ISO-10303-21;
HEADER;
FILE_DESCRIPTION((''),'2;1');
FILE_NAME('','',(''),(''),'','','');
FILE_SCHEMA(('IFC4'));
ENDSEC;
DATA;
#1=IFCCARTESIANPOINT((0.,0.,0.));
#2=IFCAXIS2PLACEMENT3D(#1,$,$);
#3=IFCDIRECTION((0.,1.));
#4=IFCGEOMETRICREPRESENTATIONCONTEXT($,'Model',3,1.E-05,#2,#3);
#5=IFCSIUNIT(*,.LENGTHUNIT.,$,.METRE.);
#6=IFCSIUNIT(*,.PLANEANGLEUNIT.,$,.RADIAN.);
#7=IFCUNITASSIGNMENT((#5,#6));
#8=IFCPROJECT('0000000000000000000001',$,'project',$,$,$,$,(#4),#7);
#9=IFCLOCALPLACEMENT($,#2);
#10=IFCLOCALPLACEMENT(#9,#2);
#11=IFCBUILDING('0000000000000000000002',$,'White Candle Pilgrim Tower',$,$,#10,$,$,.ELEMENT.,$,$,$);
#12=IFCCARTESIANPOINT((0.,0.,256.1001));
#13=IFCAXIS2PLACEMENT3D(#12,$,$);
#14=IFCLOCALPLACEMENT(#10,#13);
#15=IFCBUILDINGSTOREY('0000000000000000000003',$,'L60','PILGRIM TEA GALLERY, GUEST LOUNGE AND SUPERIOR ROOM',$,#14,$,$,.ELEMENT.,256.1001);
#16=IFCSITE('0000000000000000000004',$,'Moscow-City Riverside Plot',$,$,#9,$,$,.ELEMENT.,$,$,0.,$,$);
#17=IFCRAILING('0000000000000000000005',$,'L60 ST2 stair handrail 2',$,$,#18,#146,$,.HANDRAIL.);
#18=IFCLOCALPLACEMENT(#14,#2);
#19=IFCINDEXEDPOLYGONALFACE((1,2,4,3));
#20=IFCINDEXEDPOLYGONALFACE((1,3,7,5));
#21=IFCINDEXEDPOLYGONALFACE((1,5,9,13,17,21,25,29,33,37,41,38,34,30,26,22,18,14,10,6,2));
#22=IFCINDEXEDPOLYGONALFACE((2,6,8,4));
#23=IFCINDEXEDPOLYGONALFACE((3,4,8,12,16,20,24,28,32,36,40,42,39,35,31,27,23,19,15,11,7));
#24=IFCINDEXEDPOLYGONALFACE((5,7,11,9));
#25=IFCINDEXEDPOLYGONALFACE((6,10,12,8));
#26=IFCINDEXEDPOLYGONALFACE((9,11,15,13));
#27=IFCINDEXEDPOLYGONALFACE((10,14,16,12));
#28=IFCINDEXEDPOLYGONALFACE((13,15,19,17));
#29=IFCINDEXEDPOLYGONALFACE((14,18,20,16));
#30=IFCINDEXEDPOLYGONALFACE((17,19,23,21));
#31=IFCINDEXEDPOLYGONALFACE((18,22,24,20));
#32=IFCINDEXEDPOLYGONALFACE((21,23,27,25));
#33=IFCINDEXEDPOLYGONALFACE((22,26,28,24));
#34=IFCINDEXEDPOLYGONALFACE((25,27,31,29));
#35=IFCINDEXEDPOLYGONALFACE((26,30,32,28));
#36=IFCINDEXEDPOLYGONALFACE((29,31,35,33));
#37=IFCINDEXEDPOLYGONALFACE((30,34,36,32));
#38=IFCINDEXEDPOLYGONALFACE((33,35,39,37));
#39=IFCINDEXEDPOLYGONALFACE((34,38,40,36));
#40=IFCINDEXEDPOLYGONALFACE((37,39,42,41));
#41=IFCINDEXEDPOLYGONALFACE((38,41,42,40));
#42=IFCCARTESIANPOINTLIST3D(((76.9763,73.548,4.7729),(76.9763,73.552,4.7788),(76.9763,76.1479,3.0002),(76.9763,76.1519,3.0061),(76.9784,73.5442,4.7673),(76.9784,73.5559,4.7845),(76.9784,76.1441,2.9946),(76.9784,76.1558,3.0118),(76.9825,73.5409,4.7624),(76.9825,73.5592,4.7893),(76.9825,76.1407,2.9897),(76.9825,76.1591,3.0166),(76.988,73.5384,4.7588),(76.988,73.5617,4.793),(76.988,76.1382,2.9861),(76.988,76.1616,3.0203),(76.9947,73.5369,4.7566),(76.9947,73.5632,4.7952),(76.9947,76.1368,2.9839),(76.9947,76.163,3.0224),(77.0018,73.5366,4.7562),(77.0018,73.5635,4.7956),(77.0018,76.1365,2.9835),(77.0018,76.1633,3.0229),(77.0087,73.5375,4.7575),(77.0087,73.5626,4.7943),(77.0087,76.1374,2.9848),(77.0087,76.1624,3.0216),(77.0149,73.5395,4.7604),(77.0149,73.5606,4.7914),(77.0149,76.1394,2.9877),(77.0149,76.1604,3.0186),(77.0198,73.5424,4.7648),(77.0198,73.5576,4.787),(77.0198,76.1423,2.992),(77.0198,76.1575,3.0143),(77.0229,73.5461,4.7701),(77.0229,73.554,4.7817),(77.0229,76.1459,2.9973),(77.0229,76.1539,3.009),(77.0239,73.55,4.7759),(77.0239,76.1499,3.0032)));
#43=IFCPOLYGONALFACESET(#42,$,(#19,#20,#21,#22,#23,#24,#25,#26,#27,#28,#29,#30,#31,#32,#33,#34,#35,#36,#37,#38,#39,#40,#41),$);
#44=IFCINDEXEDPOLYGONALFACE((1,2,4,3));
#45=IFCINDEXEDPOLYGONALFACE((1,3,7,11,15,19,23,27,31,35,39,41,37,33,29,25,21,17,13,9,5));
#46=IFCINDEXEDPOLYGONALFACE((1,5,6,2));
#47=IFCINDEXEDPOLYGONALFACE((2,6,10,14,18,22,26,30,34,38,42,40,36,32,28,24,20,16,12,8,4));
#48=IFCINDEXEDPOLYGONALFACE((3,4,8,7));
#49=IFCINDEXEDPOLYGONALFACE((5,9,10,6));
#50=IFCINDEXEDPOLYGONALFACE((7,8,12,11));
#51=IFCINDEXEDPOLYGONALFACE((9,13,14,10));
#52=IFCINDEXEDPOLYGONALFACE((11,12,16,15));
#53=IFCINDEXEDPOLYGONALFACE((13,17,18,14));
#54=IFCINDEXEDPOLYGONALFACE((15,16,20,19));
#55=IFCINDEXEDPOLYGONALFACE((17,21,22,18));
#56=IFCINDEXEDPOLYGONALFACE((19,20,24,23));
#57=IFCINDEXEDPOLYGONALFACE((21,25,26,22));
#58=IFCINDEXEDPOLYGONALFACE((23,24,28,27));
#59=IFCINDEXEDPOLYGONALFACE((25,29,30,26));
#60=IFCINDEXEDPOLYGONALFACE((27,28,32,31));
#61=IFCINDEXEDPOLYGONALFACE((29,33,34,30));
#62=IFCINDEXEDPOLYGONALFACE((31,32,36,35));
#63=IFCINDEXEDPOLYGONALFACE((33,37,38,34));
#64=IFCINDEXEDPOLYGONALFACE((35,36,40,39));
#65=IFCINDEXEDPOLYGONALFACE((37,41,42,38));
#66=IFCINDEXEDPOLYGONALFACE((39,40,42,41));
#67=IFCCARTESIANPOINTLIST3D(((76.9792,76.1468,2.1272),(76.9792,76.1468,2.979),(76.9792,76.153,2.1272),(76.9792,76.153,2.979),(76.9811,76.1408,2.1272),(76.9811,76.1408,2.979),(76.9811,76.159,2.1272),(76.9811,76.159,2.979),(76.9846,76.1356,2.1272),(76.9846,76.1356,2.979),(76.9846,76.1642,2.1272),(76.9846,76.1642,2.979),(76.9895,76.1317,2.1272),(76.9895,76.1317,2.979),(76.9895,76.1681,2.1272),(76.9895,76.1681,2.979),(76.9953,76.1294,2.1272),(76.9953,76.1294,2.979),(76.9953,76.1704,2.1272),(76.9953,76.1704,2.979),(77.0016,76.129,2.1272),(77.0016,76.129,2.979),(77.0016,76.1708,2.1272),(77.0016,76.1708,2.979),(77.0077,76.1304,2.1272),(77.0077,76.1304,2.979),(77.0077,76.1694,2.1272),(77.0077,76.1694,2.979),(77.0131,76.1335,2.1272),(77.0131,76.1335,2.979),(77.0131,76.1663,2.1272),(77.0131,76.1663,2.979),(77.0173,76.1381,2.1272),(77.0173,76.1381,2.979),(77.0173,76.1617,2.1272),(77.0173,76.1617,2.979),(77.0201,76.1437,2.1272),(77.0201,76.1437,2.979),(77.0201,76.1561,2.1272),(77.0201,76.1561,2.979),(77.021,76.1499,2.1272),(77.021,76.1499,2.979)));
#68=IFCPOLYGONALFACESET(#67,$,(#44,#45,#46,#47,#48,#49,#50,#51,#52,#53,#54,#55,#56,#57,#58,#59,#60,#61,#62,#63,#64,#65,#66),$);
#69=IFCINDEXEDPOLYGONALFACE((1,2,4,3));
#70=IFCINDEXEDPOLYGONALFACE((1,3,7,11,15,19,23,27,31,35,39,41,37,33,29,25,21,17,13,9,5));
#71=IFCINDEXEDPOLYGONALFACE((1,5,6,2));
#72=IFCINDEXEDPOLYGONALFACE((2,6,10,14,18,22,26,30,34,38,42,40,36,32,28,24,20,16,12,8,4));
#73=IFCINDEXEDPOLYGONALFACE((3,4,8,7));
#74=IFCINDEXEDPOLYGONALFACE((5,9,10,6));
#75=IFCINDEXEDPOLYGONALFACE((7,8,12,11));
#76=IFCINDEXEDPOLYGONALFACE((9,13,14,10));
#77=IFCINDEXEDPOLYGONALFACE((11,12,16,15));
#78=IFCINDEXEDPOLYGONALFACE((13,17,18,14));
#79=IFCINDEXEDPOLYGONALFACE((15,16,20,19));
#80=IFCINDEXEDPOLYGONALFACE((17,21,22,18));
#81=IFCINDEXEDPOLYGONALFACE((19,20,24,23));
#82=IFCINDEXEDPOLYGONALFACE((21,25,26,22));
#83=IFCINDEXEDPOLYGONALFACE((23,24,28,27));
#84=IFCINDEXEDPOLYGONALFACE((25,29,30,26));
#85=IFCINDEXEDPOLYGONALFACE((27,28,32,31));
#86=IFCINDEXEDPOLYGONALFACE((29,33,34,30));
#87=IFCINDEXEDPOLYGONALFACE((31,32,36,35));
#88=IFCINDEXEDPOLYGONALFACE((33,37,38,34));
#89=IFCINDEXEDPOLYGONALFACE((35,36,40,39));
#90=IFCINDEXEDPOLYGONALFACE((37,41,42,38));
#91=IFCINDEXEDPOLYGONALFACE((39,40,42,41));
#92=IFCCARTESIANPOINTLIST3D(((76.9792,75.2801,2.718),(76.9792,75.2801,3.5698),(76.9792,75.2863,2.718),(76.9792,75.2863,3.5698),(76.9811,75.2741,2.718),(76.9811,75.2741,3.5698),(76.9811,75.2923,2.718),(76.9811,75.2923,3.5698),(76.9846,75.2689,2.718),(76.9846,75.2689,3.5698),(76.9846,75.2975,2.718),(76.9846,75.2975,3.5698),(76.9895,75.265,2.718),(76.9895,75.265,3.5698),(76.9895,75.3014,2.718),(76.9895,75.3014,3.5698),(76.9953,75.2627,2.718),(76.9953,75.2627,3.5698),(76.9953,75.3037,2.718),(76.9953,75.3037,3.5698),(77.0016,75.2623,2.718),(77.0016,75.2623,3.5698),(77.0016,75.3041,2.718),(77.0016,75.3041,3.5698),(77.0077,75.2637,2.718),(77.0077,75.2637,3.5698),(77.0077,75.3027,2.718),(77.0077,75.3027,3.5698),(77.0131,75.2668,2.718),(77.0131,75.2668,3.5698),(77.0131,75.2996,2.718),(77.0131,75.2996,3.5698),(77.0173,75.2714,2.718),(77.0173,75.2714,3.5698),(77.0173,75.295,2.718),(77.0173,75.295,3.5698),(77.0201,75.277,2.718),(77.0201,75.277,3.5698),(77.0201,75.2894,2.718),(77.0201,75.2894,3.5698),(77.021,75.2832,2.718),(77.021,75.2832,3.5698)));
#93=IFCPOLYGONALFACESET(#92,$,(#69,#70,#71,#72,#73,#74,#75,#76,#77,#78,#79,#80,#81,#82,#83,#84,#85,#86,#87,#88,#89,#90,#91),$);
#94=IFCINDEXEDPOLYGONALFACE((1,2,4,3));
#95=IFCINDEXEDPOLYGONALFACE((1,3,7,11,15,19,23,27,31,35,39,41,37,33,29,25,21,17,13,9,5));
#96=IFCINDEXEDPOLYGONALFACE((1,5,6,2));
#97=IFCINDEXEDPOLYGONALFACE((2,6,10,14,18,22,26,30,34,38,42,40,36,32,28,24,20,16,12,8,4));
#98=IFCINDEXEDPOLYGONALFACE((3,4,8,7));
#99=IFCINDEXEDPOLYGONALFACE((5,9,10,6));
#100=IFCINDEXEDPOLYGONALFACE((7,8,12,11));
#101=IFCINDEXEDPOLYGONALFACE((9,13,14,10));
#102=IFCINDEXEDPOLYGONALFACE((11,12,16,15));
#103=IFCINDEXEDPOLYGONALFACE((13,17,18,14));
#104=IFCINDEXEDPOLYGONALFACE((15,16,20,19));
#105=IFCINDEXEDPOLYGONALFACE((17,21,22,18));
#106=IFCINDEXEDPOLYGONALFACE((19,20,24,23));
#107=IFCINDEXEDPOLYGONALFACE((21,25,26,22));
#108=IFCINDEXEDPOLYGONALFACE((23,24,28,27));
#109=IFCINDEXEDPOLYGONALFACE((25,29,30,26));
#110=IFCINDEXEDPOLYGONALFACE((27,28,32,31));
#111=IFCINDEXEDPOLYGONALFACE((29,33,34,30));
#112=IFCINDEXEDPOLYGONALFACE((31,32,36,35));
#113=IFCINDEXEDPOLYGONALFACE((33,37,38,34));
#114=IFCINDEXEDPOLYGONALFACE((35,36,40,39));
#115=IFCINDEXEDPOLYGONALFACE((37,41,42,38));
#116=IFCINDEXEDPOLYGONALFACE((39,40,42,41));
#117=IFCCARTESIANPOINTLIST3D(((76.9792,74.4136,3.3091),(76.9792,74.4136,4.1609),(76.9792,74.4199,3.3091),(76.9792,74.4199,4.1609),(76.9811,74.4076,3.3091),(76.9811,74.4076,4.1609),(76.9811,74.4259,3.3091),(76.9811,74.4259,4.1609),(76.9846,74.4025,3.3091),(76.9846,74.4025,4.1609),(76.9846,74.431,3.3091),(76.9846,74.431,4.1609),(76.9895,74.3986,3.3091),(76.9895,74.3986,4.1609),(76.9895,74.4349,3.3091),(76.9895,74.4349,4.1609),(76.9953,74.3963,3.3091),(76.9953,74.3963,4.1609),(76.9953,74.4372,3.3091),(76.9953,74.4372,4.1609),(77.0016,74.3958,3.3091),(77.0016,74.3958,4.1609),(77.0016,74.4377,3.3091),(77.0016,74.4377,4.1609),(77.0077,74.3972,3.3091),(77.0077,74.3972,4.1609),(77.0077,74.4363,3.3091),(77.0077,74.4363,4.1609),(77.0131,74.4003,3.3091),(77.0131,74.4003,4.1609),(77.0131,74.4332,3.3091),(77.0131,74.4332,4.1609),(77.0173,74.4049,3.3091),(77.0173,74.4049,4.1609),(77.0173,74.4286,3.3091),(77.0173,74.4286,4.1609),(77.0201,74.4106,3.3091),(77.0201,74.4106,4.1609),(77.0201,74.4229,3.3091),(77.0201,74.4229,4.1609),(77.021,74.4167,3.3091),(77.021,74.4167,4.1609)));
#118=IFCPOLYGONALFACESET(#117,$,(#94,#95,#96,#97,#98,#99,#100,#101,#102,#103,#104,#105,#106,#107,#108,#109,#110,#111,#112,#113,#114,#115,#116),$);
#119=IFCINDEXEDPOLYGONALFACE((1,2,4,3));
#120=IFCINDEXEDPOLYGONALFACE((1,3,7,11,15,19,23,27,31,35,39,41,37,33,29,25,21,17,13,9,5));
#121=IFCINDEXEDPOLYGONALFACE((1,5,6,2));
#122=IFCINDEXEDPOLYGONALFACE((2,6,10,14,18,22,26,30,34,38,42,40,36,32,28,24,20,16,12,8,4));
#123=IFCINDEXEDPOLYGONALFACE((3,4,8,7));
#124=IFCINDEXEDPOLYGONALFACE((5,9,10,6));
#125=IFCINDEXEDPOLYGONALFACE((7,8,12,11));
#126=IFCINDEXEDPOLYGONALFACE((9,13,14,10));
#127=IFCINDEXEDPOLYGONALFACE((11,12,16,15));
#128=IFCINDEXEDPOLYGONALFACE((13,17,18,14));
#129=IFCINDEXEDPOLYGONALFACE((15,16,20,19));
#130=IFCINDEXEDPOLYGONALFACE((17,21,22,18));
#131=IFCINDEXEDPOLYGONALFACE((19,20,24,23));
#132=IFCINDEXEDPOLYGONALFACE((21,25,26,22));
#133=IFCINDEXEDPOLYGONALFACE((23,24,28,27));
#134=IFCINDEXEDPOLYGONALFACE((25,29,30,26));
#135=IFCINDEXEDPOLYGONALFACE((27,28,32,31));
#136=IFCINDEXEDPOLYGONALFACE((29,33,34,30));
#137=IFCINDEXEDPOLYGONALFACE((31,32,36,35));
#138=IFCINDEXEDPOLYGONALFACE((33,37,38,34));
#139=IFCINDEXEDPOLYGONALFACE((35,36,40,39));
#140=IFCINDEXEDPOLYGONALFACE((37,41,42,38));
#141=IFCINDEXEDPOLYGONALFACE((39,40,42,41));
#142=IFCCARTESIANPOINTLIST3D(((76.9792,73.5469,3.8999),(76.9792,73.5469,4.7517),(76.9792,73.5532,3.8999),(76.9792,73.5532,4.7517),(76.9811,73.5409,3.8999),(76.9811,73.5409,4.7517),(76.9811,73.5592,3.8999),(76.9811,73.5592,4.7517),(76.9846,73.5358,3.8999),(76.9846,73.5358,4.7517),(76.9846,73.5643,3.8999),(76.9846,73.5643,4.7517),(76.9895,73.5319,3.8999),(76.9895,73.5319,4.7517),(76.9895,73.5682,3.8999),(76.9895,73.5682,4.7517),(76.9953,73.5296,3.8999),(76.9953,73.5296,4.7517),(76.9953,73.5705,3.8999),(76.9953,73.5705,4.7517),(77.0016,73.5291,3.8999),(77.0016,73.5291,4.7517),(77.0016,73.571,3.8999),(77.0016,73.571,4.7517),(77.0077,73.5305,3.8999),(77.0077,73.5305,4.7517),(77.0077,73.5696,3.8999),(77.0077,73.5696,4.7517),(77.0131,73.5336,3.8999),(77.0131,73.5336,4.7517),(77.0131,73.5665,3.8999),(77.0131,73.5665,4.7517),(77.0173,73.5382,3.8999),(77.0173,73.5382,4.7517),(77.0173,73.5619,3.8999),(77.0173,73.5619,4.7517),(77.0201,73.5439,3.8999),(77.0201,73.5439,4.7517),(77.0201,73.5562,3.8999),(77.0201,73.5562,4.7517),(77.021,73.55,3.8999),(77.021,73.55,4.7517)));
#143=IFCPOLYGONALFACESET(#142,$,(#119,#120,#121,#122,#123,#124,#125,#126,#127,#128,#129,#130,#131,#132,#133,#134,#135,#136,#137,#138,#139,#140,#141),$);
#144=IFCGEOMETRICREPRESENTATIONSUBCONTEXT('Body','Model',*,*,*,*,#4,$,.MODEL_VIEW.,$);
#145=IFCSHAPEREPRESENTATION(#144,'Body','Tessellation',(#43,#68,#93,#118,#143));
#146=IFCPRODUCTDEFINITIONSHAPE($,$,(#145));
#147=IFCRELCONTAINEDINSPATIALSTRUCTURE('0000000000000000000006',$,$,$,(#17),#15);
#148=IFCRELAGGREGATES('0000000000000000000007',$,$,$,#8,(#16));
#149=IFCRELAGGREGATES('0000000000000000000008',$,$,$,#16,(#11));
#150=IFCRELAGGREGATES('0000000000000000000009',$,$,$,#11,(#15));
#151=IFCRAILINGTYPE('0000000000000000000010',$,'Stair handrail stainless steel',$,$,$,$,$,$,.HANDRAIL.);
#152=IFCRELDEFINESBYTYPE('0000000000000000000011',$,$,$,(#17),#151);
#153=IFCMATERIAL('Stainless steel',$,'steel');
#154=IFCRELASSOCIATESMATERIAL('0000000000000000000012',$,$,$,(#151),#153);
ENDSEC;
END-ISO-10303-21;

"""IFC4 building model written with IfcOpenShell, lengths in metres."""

from ifc_helpers import new_model, si_unit, direction, frame, origin, origin_2d, place, context, subcontext, project, spatial, circle, extrude, material, type_object, element, save


model = new_model("IFC4")

# Units and contexts
model_context = context("Model", 3, precision=1e-05, world=origin(), true_north=direction((0.0, 1.0)))
body_context = subcontext(model_context, "Body", "Model", "MODEL_VIEW")
ifc_project = project(units=[si_unit("LENGTHUNIT", "METRE"), si_unit("PLANEANGLEUNIT", "RADIAN")], contexts=[model_context])

# Site, building, storey
site_placement = place(None, origin())
site = spatial("IfcSite", under=ifc_project, at=site_placement, Name="Moscow-City Riverside Plot", CompositionType="ELEMENT", RefElevation=0.0)
building_placement = place(site_placement, origin())
building = spatial("IfcBuilding", under=site, at=building_placement, Name="White Candle Pilgrim Tower", CompositionType="ELEMENT")
storey_placement = place(building_placement, frame((0.0, 0.0, 256.1001)))
storey = spatial("IfcBuildingStorey", under=building, at=storey_placement, Name="L60", Description="PILGRIM TEA GALLERY, GUEST LOUNGE AND SUPERIOR ROOM", CompositionType="ELEMENT", Elevation=256.1001)

# Railing
ifc_material_1 = material(Name="Stainless steel", Category="steel")
railing_type_1 = type_object("IfcRailingType", Name="Stair handrail stainless steel", PredefinedType="HANDRAIL", material=ifc_material_1)
railing_1_placement = place(storey_placement, frame((77.0, 76.1499, 2.1272)))
element("IfcRailing", 1, at=railing_1_placement, inside=storey, type_object=railing_type_1, Name="L60 ST2 stair handrail 2", PredefinedType="HANDRAIL", context=body_context, shape_type="SweptSolid", body=[
    extrude(circle(Radius=0.0239, at=origin_2d()), frame((0.0, 0.0, 0.876), z_axis=(0.0, -0.826216, 0.563354), x_axis=(1.0, 0.0, 0.0)), (0.0, 0.0, 1.0), 3.1467),
    extrude(circle(Radius=0.021, at=origin_2d()), origin(), (0.0, 0.0, 1.0), 0.8518),
    extrude(circle(Radius=0.021, at=origin_2d()), frame((0.0, -0.8667, 0.5908)), (0.0, 0.0, 1.0), 0.8518),
    extrude(circle(Radius=0.021, at=origin_2d()), frame((0.0, -1.7332, 1.1819)), (0.0, 0.0, 1.0), 0.8518),
    extrude(circle(Radius=0.021, at=origin_2d()), frame((0.0, -2.5999, 1.7727)), (0.0, 0.0, 1.0), 0.8518),
])

save(model, "model.ifc")
